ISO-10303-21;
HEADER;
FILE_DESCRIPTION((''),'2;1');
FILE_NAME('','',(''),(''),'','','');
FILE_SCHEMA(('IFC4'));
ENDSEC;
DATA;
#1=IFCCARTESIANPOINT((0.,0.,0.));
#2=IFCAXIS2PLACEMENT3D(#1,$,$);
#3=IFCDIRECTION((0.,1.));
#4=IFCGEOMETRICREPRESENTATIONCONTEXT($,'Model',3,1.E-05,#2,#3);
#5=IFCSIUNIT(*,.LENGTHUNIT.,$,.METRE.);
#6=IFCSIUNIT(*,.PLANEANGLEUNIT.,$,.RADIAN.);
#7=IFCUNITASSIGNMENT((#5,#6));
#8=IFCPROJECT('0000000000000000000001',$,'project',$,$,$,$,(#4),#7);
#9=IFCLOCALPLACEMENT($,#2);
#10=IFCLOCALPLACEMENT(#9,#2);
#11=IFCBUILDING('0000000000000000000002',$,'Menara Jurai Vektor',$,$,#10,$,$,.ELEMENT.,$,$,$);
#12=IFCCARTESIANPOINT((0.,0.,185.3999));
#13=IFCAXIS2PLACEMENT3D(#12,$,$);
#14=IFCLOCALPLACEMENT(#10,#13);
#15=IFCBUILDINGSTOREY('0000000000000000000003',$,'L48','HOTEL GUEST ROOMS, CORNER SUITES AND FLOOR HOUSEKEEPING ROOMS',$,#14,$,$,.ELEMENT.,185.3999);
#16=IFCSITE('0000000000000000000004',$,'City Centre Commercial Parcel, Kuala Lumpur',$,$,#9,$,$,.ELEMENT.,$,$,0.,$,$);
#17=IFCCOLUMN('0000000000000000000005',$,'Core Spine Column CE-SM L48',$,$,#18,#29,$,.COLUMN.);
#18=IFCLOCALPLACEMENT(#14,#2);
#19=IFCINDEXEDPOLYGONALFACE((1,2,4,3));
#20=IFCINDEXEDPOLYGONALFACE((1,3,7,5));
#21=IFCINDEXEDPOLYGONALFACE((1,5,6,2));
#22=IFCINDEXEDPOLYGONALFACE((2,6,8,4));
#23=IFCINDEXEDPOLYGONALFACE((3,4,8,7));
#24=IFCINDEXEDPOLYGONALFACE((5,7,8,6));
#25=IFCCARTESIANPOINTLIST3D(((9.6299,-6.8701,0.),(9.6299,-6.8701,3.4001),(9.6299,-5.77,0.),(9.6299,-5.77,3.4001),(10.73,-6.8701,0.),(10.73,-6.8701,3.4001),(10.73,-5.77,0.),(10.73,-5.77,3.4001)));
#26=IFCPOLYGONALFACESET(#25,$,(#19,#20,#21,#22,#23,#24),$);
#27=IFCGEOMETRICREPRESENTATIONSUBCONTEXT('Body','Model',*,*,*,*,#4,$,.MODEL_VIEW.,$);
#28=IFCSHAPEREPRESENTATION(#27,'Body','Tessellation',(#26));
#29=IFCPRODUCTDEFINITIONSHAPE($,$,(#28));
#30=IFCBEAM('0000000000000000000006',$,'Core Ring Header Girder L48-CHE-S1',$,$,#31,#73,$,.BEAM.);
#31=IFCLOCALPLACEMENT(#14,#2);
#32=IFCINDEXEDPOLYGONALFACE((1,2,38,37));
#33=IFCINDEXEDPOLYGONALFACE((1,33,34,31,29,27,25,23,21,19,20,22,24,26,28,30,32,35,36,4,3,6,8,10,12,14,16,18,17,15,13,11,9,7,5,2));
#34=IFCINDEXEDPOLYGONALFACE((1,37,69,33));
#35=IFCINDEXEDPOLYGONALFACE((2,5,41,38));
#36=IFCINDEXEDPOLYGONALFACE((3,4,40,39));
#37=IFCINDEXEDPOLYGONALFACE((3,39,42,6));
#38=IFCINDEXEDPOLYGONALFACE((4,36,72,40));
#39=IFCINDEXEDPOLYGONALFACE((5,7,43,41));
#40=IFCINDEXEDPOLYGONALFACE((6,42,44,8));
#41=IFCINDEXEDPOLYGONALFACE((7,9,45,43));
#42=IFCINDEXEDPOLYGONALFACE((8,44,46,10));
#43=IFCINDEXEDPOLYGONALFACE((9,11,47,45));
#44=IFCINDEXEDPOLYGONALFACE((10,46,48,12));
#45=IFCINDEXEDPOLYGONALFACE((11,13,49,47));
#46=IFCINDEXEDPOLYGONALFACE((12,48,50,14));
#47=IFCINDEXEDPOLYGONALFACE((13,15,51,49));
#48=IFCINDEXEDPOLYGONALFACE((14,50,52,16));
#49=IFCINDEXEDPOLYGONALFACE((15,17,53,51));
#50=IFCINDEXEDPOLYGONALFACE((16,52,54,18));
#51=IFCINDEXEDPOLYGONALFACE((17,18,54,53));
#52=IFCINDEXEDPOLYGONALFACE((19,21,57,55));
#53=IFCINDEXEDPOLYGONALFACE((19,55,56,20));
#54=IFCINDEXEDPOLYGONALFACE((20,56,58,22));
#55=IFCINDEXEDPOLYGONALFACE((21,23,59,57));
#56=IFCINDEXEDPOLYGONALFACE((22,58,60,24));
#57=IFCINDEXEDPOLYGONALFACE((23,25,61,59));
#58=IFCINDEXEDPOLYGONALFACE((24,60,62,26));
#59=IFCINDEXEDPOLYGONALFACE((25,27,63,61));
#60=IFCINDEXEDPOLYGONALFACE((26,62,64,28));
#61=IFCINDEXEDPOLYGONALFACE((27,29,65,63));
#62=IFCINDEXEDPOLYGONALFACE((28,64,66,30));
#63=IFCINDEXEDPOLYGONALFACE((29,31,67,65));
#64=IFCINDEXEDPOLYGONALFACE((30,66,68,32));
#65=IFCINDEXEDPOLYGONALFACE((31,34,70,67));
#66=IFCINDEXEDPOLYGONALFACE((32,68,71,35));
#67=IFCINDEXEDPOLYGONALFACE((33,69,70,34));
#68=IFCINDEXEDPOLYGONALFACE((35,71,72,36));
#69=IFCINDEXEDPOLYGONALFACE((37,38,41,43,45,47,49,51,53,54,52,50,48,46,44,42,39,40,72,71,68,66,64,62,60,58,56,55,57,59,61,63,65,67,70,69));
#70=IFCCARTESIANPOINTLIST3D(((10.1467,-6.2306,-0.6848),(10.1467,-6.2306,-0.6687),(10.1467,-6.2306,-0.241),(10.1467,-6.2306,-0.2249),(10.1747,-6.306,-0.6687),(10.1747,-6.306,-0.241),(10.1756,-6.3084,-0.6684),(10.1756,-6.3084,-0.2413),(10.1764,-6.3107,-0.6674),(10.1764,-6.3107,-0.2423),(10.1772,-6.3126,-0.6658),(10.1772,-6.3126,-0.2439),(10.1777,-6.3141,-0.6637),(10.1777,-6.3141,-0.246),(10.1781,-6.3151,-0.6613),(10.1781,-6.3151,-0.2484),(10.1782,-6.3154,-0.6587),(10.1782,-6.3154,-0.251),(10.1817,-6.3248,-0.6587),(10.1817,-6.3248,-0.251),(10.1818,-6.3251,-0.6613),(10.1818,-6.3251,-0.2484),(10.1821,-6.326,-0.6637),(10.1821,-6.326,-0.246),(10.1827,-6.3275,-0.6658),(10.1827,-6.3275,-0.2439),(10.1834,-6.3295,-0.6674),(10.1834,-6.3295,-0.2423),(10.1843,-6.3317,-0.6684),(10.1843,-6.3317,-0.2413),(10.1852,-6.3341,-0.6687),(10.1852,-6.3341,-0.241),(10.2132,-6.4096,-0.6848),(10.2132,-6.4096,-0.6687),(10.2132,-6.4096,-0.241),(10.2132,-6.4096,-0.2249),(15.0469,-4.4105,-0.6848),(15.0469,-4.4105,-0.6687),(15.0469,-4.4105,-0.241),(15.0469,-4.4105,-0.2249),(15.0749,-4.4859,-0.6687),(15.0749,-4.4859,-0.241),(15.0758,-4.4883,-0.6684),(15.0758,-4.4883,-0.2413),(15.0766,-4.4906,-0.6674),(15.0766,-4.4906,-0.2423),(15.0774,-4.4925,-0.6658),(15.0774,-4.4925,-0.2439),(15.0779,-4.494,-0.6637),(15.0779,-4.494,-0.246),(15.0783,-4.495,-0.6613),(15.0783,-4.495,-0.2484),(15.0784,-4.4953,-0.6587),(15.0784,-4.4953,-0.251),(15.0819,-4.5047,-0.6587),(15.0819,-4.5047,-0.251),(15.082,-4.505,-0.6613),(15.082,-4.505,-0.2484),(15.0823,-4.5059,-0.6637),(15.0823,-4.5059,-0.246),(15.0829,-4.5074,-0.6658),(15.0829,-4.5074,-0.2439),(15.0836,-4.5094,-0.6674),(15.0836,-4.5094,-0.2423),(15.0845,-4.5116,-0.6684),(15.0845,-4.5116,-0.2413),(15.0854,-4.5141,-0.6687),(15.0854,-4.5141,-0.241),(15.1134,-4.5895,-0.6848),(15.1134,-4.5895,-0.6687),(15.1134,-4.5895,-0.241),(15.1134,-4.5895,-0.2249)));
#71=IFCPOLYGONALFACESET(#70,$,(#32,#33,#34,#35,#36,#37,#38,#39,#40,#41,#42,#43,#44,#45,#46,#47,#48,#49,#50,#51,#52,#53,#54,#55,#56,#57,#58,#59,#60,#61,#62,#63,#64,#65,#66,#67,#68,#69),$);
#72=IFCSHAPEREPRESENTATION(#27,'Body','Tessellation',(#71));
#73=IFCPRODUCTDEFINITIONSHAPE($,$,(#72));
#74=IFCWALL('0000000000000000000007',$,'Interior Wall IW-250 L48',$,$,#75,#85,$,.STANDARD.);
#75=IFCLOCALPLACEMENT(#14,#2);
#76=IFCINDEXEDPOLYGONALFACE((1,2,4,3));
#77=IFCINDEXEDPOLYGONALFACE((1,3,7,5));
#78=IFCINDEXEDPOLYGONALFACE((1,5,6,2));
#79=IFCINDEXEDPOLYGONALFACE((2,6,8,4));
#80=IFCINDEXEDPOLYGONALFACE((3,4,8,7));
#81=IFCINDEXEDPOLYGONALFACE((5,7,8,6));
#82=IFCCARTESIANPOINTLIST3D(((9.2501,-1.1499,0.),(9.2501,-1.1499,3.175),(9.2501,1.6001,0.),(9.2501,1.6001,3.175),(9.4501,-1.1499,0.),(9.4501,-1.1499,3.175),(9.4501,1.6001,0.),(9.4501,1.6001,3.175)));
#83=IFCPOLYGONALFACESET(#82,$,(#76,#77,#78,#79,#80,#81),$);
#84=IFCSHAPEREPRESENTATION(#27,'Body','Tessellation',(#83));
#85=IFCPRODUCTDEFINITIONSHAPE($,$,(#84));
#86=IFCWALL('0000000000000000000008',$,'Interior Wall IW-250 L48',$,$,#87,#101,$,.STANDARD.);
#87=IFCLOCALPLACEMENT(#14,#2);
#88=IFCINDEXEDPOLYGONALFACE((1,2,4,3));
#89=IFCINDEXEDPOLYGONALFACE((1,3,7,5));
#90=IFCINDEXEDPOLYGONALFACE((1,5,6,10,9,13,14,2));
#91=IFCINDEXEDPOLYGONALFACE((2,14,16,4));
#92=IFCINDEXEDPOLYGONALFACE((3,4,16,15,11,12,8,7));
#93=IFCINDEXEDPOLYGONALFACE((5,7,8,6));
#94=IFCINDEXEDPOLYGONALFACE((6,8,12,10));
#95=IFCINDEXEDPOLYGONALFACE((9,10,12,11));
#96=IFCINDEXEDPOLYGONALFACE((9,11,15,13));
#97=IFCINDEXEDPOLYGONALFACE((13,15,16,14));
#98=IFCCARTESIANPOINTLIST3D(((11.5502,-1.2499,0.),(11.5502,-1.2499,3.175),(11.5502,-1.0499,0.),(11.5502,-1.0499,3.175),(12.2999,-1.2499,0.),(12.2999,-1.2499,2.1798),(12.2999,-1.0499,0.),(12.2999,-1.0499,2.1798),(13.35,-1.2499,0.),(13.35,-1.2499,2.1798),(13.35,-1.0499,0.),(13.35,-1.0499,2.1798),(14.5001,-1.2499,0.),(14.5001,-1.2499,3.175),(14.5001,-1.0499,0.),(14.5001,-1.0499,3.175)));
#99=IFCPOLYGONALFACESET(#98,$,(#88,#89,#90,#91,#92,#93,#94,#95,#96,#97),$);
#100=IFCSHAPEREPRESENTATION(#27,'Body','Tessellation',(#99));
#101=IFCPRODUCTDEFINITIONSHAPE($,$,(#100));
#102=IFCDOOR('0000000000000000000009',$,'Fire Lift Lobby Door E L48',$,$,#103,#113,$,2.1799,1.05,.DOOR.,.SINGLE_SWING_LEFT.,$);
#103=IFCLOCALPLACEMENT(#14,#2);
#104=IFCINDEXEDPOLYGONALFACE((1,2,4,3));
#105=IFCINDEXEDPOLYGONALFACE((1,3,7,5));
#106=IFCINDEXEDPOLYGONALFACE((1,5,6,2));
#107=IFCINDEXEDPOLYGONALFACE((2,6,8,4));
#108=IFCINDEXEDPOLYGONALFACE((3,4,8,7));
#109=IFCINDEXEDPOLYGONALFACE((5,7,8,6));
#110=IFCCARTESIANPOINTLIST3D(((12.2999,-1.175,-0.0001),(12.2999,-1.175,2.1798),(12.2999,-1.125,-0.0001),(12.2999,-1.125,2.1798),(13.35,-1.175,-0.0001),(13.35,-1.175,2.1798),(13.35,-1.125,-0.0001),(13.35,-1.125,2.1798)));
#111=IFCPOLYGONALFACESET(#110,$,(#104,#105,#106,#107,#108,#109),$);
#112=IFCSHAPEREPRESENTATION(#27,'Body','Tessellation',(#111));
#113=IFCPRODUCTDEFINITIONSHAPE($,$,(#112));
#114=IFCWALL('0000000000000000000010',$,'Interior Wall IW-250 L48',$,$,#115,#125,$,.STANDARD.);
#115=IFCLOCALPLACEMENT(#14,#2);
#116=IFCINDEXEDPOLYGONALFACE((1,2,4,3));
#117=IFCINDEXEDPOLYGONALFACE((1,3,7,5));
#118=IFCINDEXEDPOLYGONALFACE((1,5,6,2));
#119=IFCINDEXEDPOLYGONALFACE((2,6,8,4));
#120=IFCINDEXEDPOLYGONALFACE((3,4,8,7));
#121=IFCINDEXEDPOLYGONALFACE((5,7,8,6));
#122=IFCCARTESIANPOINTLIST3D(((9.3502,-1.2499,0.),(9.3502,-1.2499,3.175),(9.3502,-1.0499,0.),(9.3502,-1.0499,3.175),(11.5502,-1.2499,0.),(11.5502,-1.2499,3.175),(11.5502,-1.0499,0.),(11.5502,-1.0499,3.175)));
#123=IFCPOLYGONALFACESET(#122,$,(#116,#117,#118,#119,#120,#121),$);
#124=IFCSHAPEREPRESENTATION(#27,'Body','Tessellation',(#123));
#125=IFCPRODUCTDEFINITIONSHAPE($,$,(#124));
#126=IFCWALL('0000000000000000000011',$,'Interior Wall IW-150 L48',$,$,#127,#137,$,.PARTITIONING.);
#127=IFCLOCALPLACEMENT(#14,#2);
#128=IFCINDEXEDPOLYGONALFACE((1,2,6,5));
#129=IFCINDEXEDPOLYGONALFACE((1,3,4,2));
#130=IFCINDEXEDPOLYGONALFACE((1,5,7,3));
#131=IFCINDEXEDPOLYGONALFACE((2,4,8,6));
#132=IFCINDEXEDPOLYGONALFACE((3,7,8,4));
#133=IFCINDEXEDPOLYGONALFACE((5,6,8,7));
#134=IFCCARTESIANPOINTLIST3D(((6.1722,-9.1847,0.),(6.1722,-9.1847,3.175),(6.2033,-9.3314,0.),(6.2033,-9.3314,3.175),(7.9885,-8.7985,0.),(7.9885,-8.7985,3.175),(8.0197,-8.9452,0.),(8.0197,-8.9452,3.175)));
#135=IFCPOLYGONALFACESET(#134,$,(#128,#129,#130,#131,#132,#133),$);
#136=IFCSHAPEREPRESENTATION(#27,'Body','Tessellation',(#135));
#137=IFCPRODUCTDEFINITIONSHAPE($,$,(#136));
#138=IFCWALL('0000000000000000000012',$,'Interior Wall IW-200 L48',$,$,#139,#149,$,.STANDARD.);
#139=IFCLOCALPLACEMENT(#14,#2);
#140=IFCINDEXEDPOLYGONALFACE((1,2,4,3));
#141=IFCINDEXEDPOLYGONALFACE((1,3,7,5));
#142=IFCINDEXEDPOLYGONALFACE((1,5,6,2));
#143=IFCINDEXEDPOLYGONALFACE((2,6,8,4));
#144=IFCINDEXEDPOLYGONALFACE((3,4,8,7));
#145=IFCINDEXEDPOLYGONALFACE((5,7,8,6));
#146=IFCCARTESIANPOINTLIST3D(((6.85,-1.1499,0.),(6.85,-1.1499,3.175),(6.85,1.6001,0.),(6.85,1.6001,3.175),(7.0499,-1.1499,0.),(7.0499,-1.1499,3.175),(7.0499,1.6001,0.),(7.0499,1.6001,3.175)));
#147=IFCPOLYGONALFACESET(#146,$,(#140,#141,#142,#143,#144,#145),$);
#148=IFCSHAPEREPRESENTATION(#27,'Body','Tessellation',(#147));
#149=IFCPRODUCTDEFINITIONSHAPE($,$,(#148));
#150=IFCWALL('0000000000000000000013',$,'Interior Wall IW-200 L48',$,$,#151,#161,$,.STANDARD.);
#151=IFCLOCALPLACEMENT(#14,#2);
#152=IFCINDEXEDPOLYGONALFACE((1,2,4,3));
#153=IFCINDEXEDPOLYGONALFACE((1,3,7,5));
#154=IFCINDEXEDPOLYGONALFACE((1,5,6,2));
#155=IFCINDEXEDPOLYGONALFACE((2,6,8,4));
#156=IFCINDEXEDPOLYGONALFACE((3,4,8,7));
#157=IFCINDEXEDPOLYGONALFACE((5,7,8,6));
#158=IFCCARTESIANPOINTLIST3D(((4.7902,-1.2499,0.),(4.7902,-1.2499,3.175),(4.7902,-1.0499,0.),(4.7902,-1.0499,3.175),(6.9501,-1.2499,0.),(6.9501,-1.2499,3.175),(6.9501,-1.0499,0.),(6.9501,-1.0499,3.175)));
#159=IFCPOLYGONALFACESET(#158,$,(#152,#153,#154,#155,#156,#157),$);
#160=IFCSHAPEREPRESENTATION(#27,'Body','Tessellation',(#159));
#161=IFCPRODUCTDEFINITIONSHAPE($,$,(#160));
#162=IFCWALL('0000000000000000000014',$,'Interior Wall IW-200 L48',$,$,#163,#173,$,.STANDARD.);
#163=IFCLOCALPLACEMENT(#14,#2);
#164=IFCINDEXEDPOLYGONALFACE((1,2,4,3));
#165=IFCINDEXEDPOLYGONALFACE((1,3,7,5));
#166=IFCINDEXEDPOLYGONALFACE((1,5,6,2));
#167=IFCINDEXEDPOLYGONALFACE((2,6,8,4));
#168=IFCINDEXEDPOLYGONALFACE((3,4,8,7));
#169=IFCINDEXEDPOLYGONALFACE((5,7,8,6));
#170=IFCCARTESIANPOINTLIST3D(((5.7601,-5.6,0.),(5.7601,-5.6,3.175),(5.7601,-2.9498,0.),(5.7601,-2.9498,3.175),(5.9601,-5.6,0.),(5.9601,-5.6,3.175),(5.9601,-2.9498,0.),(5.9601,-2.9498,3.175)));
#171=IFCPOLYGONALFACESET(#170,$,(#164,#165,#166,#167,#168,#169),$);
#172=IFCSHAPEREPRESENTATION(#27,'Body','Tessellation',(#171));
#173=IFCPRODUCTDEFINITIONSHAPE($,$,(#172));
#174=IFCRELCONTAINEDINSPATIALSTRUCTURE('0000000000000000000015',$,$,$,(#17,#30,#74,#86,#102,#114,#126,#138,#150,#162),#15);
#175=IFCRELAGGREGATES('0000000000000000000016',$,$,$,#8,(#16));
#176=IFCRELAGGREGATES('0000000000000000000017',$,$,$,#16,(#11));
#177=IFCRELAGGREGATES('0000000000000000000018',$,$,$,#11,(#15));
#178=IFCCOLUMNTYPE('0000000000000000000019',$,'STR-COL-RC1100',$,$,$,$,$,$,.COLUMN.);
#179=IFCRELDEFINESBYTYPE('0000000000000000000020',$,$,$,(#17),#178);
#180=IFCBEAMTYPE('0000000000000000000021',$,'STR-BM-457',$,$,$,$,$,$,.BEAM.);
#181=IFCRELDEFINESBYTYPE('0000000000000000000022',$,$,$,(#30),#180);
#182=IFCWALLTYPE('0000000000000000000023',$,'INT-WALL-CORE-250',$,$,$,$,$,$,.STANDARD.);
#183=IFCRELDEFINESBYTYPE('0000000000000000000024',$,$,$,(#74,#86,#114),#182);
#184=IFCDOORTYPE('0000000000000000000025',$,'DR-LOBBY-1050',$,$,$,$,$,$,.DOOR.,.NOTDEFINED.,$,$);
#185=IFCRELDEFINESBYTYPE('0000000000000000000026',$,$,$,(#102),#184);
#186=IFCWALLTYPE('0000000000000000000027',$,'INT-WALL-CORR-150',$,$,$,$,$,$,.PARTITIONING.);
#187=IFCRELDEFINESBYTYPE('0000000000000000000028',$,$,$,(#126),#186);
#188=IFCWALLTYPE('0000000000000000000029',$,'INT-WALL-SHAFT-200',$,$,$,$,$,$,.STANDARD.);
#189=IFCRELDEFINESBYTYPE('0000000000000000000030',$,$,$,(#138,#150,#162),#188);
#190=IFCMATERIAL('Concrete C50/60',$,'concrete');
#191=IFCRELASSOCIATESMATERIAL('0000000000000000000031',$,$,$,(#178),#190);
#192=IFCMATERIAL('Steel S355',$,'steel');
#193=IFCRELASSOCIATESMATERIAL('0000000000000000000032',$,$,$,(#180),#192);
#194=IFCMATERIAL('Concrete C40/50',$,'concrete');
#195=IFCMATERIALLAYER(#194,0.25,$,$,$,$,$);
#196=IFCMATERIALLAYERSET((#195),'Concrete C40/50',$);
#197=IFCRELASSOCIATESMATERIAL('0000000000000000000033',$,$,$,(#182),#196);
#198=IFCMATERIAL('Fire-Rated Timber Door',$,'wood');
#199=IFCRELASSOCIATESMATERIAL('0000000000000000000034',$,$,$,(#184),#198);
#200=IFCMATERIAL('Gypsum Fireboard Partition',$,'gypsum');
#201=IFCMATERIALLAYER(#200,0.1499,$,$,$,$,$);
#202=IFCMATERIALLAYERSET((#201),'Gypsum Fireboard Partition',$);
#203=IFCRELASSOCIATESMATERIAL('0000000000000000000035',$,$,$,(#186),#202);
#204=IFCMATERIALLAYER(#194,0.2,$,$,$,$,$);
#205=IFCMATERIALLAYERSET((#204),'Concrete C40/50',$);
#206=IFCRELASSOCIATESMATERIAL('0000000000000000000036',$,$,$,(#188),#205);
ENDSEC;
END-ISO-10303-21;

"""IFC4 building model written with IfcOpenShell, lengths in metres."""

from ifc_helpers import new_model, si_unit, direction, frame, frame_2d, origin, origin_2d, place, context, subcontext, project, spatial, rectangle, i_section, extrude, material, layer, layer_set, material_profile, profile_set, type_object, element, fill, save


model = new_model("IFC4")

# Units and contexts
model_context = context("Model", 3, precision=1e-05, world=origin(), true_north=direction((0.0, 1.0)))
body_context = subcontext(model_context, "Body", "Model", "MODEL_VIEW")
ifc_project = project(units=[si_unit("LENGTHUNIT", "METRE"), si_unit("PLANEANGLEUNIT", "RADIAN")], contexts=[model_context])

# Site, building, storey
site_placement = place(None, origin())
site = spatial("IfcSite", under=ifc_project, at=site_placement, Name="City Centre Commercial Parcel, Kuala Lumpur", CompositionType="ELEMENT", RefElevation=0.0)
building_placement = place(site_placement, origin())
building = spatial("IfcBuilding", under=site, at=building_placement, Name="Menara Jurai Vektor", CompositionType="ELEMENT")
storey_placement = place(building_placement, frame((0.0, 0.0, 185.3999)))
storey = spatial("IfcBuildingStorey", under=building, at=storey_placement, Name="L48", Description="HOTEL GUEST ROOMS, CORNER SUITES AND FLOOR HOUSEKEEPING ROOMS", CompositionType="ELEMENT", Elevation=185.3999)

# Column
ifc_material_1 = material(Name="Concrete C50/60", Category="concrete")
ifc_material_profile_1 = material_profile(ifc_material_1, rectangle(XDim=1.1001, YDim=1.1001, at=origin_2d()), Name="RC 1100x1100")
ifc_profile_set_1 = profile_set([ifc_material_profile_1], Name="Concrete C50/60")
column_type = type_object("IfcColumnType", Name="STR-COL-RC1100", PredefinedType="COLUMN", material=ifc_profile_set_1)
column_placement = place(storey_placement, frame((10.1799, -6.3201, 0.0), z_axis=(0.0, 0.0, 1.0), x_axis=(1.0, 0.0, 0.0)))
element("IfcColumn", 1, at=column_placement, inside=storey, type_object=column_type, Name="Core Spine Column CE-SM L48", PredefinedType="COLUMN", context=body_context, shape_type="SweptSolid", body=[
    extrude(rectangle(XDim=1.1001, YDim=1.1001, at=origin_2d()), origin(), (0.0, 0.0, 1.0), 3.4001),
])

# Beam
ifc_material_2 = material(Name="Steel S355", Category="steel")
ifc_material_profile_2 = material_profile(ifc_material_2, i_section(OverallWidth=0.1909, OverallDepth=0.46, WebThickness=0.01, FlangeThickness=0.0161, FilletRadius=0.01, at=origin_2d()), Name="UKB 457x191x82")
ifc_profile_set_2 = profile_set([ifc_material_profile_2], Name="Steel S355")
beam_type = type_object("IfcBeamType", Name="STR-BM-457", PredefinedType="BEAM", material=ifc_profile_set_2)
beam_placement = place(storey_placement, frame((10.1799, -6.3201, -0.4548), z_axis=(0.937424, 0.348189, 0.0), x_axis=(-0.348189, 0.937424, 0.0)))
element("IfcBeam", 2, at=beam_placement, inside=storey, type_object=beam_type, Name="Core Ring Header Girder L48-CHE-S1", PredefinedType="BEAM", context=body_context, shape_type="SweptSolid", body=[
    extrude(i_section(OverallWidth=0.1909, OverallDepth=0.46, WebThickness=0.01, FlangeThickness=0.0161, FilletRadius=0.01, at=origin_2d()), origin(), (0.0, 0.0, 1.0), 5.2273),
])

# Shared definitions
ifc_material_3 = material(Name="Concrete C40/50", Category="concrete")
ifc_layer_1 = layer(ifc_material_3, 0.25)
ifc_layer_set_1 = layer_set([ifc_layer_1], Name="Concrete C40/50")
wall_type_1 = type_object("IfcWallType", Name="INT-WALL-CORE-250", PredefinedType="STANDARD", material=ifc_layer_set_1)

# Wall
wall_1_placement = place(storey_placement, frame((9.3501, -1.1499, 0.0), z_axis=(0.0, 0.0, 1.0), x_axis=(0.0, 1.0, 0.0)))
element("IfcWall", 3, at=wall_1_placement, inside=storey, type_object=wall_type_1, Name="Interior Wall IW-250 L48", PredefinedType="STANDARD", context=body_context, shape_type="SweptSolid", body=[
    extrude(rectangle(XDim=2.75, YDim=0.2, at=frame_2d((1.375, 0.0))), origin(), (0.0, 0.0, 1.0), 3.175),
])

# Wall, opening, door
wall_2_placement = place(storey_placement, frame((11.55, -1.1499, 0.0), z_axis=(0.0, 0.0, 1.0), x_axis=(1.0, 0.0, 0.0)))
wall_2 = element("IfcWall", 4, at=wall_2_placement, inside=storey, type_object=wall_type_1, Name="Interior Wall IW-250 L48", PredefinedType="STANDARD", context=body_context, shape_type="SweptSolid", body=[
    extrude(rectangle(XDim=2.95, YDim=0.2, at=frame_2d((1.4751, 0.0))), origin(), (0.0, 0.0, 1.0), 3.175),
])
opening_1_placement = place(wall_2_placement, frame((0.75, 0.0, 0.0)))
opening_1 = element("IfcOpeningElement", 5, at=opening_1_placement, cuts=wall_2, PredefinedType="OPENING", context=body_context, shape_type="SweptSolid", body=[
    extrude(rectangle(XDim=1.05, YDim=2.1799, at=frame_2d((0.5249, 1.0898))), frame((0.0, 0.1099, 0.0), z_axis=(0.0, -1.0, 0.0), x_axis=(1.0, 0.0, 0.0)), (0.0, 0.0, 1.0), 0.22),
])
ifc_material_4 = material(Name="Fire-Rated Timber Door", Category="wood")
door_type_1 = type_object("IfcDoorType", Name="DR-LOBBY-1050", OperationType="NOTDEFINED", PredefinedType="DOOR", material=ifc_material_4)
door_1_placement = place(opening_1_placement, origin())
door_1 = element("IfcDoor", 6, at=door_1_placement, inside=storey, type_object=door_type_1, Name="Fire Lift Lobby Door E L48", OperationType="SINGLE_SWING_LEFT", OverallHeight=2.1799, OverallWidth=1.05, PredefinedType="DOOR", context=body_context, shape_type="SweptSolid", body=[
    extrude(rectangle(XDim=1.05, YDim=2.1799, at=frame_2d((0.5249, 1.0898))), frame((0.0, 0.0249, 0.0), z_axis=(0.0, -1.0, 0.0), x_axis=(1.0, 0.0, 0.0)), (0.0, 0.0, 1.0), 0.05),
])
fill(opening_1, door_1)

# Wall
wall_3_placement = place(storey_placement, frame((9.3501, -1.1499, 0.0), z_axis=(0.0, 0.0, 1.0), x_axis=(1.0, 0.0, 0.0)))
element("IfcWall", 7, at=wall_3_placement, inside=storey, type_object=wall_type_1, Name="Interior Wall IW-250 L48", PredefinedType="STANDARD", context=body_context, shape_type="SweptSolid", body=[
    extrude(rectangle(XDim=2.2, YDim=0.2, at=frame_2d((1.1001, 0.0))), origin(), (0.0, 0.0, 1.0), 3.175),
])

# Shared definitions
ifc_material_5 = material(Name="Gypsum Fireboard Partition", Category="gypsum")
ifc_layer_2 = layer(ifc_material_5, 0.1499)
ifc_layer_set_2 = layer_set([ifc_layer_2], Name="Gypsum Fireboard Partition")
wall_type_2 = type_object("IfcWallType", Name="INT-WALL-CORR-150", PredefinedType="PARTITIONING", material=ifc_layer_set_2)

# Wall
wall_4_placement = place(storey_placement, frame((6.1877, -9.2581, 0.0), z_axis=(0.0, 0.0, 1.0), x_axis=(0.978132, 0.207985, 0.0)))
element("IfcWall", 8, at=wall_4_placement, inside=storey, type_object=wall_type_2, Name="Interior Wall IW-150 L48", PredefinedType="PARTITIONING", context=body_context, shape_type="SweptSolid", body=[
    extrude(rectangle(XDim=1.8569, YDim=0.1499, at=frame_2d((0.9285, 0.0))), origin(), (0.0, 0.0, 1.0), 3.175),
])

# Wall
ifc_layer_3 = layer(ifc_material_3, 0.2)
ifc_layer_set_3 = layer_set([ifc_layer_3], Name="Concrete C40/50")
wall_type_3 = type_object("IfcWallType", Name="INT-WALL-SHAFT-200", PredefinedType="STANDARD", material=ifc_layer_set_3)
wall_5_placement = place(storey_placement, frame((6.95, -1.1499, 0.0), z_axis=(0.0, 0.0, 1.0), x_axis=(0.0, 1.0, 0.0)))
element("IfcWall", 9, at=wall_5_placement, inside=storey, type_object=wall_type_3, Name="Interior Wall IW-200 L48", PredefinedType="STANDARD", context=body_context, shape_type="SweptSolid", body=[
    extrude(rectangle(XDim=2.75, YDim=0.2, at=frame_2d((1.375, 0.0))), origin(), (0.0, 0.0, 1.0), 3.175),
])

# Walls
wall_6_placement = place(storey_placement, frame((4.79, -1.1499, 0.0), z_axis=(0.0, 0.0, 1.0), x_axis=(1.0, 0.0, 0.0)))
element("IfcWall", 10, at=wall_6_placement, inside=storey, type_object=wall_type_3, Name="Interior Wall IW-200 L48", PredefinedType="STANDARD", context=body_context, shape_type="SweptSolid", body=[
    extrude(rectangle(XDim=2.1599, YDim=0.2, at=frame_2d((1.0801, 0.0))), origin(), (0.0, 0.0, 1.0), 3.175),
])
wall_7_placement = place(storey_placement, frame((5.8601, -5.6001, 0.0), z_axis=(0.0, 0.0, 1.0), x_axis=(0.0, 1.0, 0.0)))
element("IfcWall", 11, at=wall_7_placement, inside=storey, type_object=wall_type_3, Name="Interior Wall IW-200 L48", PredefinedType="STANDARD", context=body_context, shape_type="SweptSolid", body=[
    extrude(rectangle(XDim=2.6501, YDim=0.2, at=frame_2d((1.3252, 0.0))), origin(), (0.0, 0.0, 1.0), 3.175),
])

save(model, "model.ifc")
